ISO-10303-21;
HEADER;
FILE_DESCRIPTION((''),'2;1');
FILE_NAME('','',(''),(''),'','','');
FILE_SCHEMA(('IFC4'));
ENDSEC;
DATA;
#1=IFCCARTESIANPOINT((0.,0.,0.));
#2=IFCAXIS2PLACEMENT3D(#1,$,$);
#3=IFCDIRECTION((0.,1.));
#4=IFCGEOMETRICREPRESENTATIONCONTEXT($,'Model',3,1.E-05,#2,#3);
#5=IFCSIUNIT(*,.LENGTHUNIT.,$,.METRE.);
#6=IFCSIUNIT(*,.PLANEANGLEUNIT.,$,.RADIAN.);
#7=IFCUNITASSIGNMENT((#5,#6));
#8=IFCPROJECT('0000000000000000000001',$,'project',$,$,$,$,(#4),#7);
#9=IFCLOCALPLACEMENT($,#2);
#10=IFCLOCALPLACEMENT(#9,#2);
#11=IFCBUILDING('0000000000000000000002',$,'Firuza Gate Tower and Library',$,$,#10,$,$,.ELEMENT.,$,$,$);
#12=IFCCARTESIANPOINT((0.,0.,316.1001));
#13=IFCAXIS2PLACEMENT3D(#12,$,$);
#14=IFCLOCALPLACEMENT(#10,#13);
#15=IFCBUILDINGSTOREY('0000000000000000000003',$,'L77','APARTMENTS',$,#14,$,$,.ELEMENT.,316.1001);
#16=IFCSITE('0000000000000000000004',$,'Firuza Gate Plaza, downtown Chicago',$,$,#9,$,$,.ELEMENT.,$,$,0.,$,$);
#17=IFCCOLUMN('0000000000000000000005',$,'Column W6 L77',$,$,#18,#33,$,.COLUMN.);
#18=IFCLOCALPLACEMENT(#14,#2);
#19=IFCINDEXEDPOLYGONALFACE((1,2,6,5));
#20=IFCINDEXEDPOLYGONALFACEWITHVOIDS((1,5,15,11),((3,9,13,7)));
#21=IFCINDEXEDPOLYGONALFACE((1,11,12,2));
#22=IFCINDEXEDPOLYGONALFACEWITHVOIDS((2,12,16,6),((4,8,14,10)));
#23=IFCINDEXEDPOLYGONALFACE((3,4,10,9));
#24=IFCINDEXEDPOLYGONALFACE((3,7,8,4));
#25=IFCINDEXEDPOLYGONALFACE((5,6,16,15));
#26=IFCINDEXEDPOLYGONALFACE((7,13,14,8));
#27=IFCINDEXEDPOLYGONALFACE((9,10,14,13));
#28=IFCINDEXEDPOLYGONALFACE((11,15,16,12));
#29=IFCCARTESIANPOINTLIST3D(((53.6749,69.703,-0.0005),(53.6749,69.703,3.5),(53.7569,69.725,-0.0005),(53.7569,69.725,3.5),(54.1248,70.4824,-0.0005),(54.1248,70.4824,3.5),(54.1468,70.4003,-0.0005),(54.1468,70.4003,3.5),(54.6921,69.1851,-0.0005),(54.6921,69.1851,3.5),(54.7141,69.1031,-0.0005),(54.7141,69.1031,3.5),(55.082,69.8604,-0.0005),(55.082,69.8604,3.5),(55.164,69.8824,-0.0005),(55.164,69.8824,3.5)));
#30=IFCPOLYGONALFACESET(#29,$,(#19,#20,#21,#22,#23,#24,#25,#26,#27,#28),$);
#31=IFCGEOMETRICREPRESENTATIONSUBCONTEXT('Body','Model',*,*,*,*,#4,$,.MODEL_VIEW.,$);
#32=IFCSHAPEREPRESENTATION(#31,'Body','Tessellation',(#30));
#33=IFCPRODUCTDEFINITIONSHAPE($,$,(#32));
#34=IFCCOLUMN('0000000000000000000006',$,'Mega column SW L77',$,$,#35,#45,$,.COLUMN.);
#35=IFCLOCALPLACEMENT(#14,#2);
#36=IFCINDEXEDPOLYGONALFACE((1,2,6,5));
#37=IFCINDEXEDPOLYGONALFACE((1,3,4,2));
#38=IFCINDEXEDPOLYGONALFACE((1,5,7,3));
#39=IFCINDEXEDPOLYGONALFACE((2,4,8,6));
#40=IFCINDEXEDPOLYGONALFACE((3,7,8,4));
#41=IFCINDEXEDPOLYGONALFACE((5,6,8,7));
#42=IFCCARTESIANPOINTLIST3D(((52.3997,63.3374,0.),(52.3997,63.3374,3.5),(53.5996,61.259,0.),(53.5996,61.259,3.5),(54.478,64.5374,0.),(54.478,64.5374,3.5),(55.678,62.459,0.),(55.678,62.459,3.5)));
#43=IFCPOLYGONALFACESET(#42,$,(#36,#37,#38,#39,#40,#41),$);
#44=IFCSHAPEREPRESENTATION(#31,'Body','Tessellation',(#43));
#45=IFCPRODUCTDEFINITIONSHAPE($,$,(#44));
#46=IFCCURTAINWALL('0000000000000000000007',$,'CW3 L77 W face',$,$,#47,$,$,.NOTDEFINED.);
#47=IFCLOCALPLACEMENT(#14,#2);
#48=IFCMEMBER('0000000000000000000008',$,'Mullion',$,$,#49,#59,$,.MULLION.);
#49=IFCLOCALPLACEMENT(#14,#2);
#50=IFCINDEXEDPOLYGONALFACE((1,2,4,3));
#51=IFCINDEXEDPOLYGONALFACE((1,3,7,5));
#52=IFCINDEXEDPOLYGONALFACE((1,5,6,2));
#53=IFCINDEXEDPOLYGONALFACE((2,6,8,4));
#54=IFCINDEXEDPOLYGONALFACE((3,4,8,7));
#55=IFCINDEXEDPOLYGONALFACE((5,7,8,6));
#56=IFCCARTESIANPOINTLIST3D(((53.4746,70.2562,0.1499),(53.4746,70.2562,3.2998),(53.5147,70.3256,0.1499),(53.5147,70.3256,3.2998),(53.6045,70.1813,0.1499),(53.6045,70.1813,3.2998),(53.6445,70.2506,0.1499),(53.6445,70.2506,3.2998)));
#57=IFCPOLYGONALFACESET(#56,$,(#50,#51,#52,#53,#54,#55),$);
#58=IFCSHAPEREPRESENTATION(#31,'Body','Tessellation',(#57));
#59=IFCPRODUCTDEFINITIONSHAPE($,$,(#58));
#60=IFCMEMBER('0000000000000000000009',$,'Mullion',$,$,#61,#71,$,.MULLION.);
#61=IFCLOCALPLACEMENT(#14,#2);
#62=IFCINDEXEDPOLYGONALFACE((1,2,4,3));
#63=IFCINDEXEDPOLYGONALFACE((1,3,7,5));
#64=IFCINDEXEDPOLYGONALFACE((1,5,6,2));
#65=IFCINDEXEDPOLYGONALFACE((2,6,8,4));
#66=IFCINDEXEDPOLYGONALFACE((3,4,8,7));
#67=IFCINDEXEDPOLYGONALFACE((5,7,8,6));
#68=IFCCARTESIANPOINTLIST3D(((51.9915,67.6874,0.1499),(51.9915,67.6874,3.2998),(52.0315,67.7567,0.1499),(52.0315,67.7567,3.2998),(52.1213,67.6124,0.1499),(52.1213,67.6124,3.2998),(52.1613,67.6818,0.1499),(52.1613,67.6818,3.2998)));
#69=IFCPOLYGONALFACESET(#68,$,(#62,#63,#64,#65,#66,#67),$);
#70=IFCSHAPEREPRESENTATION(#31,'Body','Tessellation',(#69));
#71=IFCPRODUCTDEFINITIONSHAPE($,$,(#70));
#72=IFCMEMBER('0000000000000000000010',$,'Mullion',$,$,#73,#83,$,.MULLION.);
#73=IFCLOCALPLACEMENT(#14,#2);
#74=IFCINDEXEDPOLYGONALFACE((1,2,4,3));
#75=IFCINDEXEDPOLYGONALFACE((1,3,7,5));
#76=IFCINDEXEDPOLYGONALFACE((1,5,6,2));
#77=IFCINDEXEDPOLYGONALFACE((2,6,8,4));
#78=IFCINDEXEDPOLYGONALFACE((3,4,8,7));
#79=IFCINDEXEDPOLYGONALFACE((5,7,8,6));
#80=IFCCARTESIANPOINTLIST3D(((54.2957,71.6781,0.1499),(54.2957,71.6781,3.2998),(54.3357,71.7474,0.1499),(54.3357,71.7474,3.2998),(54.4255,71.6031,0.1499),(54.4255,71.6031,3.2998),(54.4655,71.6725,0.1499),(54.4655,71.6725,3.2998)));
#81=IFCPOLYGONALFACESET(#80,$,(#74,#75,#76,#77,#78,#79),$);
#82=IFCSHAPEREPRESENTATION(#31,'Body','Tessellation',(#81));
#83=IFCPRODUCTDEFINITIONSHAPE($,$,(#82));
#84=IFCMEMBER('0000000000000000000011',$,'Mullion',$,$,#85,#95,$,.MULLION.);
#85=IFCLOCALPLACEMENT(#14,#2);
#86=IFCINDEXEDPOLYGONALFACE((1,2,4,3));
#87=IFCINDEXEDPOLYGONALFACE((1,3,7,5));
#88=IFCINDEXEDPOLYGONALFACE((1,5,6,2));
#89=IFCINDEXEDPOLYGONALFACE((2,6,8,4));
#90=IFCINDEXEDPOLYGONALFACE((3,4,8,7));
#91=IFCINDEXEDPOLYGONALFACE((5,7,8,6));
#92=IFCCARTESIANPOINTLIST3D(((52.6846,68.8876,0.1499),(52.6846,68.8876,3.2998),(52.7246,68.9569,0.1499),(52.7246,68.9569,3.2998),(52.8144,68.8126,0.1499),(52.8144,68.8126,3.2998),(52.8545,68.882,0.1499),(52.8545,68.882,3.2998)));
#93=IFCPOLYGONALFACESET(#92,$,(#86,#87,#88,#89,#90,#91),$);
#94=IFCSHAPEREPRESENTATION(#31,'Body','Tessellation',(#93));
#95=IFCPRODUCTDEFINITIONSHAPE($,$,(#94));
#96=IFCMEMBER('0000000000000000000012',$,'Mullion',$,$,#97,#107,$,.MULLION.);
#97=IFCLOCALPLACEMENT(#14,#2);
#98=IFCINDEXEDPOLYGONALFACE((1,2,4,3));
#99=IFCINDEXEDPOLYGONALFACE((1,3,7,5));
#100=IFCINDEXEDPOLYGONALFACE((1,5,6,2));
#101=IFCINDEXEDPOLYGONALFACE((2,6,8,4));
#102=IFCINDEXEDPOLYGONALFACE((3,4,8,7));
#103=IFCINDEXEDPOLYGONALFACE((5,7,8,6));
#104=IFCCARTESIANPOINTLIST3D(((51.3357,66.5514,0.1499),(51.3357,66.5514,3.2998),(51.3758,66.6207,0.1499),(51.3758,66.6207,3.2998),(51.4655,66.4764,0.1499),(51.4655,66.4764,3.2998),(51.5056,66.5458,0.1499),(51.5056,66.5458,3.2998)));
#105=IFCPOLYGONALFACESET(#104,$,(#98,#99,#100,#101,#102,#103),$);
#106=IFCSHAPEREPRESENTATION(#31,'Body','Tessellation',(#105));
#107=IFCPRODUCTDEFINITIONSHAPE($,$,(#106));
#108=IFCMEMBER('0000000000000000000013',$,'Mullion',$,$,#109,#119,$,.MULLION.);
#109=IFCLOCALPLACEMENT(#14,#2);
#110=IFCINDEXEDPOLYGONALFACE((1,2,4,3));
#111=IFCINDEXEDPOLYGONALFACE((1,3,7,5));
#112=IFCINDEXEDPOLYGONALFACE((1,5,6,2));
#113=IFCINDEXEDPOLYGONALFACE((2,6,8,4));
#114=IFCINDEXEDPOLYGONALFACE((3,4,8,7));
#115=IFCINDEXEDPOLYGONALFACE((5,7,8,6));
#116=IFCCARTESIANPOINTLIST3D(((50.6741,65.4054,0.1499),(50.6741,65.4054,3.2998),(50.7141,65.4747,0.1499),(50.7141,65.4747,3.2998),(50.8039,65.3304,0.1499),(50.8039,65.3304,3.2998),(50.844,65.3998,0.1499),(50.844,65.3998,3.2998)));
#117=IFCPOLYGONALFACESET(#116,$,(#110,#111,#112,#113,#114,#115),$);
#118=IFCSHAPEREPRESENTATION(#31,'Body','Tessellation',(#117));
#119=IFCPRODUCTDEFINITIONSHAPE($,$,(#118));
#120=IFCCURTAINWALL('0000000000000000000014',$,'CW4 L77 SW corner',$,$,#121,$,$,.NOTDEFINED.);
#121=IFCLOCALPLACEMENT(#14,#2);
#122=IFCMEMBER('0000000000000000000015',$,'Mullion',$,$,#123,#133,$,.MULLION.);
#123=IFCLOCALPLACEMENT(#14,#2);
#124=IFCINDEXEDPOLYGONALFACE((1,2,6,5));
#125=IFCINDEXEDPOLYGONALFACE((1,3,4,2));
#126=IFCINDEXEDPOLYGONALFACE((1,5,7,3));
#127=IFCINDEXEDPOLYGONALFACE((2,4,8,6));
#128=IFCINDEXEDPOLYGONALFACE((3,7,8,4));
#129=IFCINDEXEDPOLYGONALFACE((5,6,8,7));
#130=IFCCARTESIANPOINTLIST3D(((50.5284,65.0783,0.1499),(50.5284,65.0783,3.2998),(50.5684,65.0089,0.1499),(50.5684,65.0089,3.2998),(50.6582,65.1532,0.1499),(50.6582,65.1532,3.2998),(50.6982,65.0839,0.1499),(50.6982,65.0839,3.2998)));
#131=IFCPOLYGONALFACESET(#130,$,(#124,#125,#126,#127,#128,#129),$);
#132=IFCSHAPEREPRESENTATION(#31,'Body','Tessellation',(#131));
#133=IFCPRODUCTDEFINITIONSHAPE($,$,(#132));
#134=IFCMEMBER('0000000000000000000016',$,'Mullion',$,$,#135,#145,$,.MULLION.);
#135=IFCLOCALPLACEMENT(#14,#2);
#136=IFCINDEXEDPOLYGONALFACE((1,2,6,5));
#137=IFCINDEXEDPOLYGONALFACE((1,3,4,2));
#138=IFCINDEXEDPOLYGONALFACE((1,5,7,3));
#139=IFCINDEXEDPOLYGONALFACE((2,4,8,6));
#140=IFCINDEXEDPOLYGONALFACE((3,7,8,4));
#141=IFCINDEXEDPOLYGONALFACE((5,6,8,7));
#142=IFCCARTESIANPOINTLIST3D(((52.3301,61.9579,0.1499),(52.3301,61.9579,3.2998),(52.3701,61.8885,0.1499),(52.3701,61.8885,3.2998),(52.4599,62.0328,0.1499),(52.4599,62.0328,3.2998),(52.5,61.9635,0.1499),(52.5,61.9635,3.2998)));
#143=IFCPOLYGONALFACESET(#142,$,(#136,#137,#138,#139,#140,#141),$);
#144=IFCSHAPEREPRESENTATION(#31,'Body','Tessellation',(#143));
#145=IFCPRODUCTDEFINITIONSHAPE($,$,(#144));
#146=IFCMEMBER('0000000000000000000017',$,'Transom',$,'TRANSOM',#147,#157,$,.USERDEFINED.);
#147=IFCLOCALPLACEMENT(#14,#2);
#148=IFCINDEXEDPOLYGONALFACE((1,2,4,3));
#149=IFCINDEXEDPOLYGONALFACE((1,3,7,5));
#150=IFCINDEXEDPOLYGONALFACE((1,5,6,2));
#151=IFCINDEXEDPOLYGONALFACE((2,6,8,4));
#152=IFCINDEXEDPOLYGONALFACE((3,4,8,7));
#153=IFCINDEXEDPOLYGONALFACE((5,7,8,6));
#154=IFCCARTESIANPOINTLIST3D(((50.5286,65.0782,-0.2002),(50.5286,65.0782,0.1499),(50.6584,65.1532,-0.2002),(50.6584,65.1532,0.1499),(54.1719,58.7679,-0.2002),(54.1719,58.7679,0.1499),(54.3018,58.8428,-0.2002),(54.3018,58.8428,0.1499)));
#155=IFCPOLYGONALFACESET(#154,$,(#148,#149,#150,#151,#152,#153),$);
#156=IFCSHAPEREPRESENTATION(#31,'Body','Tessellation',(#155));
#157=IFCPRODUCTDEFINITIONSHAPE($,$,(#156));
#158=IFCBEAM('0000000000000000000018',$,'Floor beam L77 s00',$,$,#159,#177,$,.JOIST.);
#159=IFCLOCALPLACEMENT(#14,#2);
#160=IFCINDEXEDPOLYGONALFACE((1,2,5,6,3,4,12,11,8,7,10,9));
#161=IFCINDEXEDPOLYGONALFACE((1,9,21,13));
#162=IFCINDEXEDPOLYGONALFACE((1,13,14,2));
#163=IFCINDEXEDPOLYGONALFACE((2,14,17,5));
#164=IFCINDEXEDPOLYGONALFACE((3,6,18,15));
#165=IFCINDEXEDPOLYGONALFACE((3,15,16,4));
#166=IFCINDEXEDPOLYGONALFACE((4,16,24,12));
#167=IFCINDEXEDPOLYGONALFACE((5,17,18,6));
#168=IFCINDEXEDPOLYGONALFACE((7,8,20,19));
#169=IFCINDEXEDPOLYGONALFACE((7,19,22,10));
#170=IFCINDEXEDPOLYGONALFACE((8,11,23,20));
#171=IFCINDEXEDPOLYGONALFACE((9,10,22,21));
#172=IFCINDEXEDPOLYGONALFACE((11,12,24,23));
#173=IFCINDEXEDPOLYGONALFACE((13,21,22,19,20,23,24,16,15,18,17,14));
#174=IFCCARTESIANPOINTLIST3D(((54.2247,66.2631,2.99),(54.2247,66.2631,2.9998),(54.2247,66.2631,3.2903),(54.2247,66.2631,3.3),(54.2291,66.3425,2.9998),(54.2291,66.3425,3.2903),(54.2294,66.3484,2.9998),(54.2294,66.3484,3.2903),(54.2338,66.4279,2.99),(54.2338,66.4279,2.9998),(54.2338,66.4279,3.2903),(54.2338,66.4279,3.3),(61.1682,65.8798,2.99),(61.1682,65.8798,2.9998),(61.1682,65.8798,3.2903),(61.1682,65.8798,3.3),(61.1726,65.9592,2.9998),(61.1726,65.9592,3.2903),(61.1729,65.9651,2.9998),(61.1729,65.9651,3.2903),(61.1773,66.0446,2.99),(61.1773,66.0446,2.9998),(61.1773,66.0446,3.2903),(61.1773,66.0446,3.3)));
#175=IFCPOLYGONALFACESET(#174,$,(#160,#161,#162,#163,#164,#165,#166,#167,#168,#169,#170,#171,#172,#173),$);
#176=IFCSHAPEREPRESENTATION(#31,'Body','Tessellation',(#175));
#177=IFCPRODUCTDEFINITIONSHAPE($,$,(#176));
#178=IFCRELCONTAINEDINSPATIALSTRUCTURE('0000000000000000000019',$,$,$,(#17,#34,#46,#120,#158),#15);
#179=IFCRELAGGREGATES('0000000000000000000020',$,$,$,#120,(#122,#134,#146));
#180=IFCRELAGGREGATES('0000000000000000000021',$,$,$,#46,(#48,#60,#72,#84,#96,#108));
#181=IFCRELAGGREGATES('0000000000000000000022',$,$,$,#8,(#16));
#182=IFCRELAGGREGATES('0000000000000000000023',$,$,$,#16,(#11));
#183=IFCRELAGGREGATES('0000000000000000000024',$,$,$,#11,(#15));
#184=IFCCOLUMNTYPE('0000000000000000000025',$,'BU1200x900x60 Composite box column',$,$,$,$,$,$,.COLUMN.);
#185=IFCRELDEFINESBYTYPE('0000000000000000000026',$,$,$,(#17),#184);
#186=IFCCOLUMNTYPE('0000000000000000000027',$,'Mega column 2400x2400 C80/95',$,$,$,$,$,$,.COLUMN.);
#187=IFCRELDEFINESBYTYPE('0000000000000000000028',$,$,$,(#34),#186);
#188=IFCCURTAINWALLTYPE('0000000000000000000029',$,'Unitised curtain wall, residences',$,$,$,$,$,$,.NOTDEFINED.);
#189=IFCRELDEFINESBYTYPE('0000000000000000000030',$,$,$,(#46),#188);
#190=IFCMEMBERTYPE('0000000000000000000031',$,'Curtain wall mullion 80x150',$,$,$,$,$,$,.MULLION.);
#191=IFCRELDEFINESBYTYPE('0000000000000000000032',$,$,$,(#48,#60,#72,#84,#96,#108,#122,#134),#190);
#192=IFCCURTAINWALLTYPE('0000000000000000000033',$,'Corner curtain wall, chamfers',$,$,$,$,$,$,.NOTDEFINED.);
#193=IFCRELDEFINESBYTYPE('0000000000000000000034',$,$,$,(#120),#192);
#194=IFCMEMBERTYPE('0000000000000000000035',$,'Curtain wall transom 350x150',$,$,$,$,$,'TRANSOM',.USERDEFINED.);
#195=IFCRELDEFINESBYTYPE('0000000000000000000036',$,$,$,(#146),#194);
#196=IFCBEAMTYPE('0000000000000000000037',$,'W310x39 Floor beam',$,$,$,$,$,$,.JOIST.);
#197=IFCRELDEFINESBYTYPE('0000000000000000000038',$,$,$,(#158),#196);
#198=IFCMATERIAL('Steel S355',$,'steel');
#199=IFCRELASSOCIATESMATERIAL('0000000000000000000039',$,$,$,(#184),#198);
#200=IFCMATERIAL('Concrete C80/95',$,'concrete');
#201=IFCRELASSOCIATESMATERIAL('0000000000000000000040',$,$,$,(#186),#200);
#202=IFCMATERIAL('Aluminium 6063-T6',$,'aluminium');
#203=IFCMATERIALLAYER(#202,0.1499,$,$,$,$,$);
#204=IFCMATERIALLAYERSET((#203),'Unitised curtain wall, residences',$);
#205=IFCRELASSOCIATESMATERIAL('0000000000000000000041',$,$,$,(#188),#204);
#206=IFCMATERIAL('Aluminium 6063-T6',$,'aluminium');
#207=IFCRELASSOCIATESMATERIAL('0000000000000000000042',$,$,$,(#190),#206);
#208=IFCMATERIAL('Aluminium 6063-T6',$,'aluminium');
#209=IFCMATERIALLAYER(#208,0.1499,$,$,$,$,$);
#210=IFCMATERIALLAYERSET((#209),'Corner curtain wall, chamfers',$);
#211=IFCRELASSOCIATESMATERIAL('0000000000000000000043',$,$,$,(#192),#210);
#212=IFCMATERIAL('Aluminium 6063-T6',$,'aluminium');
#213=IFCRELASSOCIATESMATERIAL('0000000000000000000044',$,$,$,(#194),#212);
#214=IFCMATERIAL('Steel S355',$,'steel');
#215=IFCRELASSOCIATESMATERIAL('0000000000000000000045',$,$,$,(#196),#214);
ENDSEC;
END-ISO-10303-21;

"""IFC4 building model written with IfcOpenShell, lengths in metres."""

from ifc_helpers import new_model, si_unit, direction, frame, origin, origin_2d, place, context, subcontext, project, spatial, rectangle, hollow_rectangle, i_section, extrude, material, layer, layer_set, material_profile, profile_set, type_object, element, aggregate, save


model = new_model("IFC4")

# Units and contexts
model_context = context("Model", 3, precision=1e-05, world=origin(), true_north=direction((0.0, 1.0)))
body_context = subcontext(model_context, "Body", "Model", "MODEL_VIEW")
ifc_project = project(units=[si_unit("LENGTHUNIT", "METRE"), si_unit("PLANEANGLEUNIT", "RADIAN")], contexts=[model_context])

# Site, building, storey
site_placement = place(None, origin())
site = spatial("IfcSite", under=ifc_project, at=site_placement, Name="Firuza Gate Plaza, downtown Chicago", CompositionType="ELEMENT", RefElevation=0.0)
building_placement = place(site_placement, origin())
building = spatial("IfcBuilding", under=site, at=building_placement, Name="Firuza Gate Tower and Library", CompositionType="ELEMENT")
storey_placement = place(building_placement, frame((0.0, 0.0, 316.1001)))
storey = spatial("IfcBuildingStorey", under=building, at=storey_placement, Name="L77", Description="APARTMENTS", CompositionType="ELEMENT", Elevation=316.1001)

# Columns
ifc_material_1 = material(Name="Steel S355", Category="steel")
ifc_material_profile_1 = material_profile(ifc_material_1, hollow_rectangle(XDim=0.8999, YDim=1.2, WallThickness=0.0601, at=origin_2d()))
ifc_profile_set_1 = profile_set([ifc_material_profile_1], Name="Steel S355")
column_type_1 = type_object("IfcColumnType", Name="BU1200x900x60 Composite box column", PredefinedType="COLUMN", material=ifc_profile_set_1)
column_1_placement = place(storey_placement, frame((54.4194, 69.7927, -0.0005), z_axis=(0.0, 0.0, 1.0), x_axis=(-0.5, -0.866025, 0.0)))
element("IfcColumn", 1, at=column_1_placement, inside=storey, type_object=column_type_1, Name="Column W6 L77", PredefinedType="COLUMN", context=body_context, shape_type="SweptSolid", body=[
    extrude(hollow_rectangle(XDim=0.8999, YDim=1.2, WallThickness=0.0601, at=origin_2d()), origin(), (0.0, 0.0, 1.0), 3.5005),
])
ifc_material_2 = material(Name="Concrete C80/95", Category="concrete")
ifc_material_profile_2 = material_profile(ifc_material_2, rectangle(XDim=2.3999, YDim=2.3999, at=origin_2d()))
ifc_profile_set_2 = profile_set([ifc_material_profile_2], Name="Concrete C80/95")
column_type_2 = type_object("IfcColumnType", Name="Mega column 2400x2400 C80/95", PredefinedType="COLUMN", material=ifc_profile_set_2)
column_2_placement = place(storey_placement, frame((54.0388, 62.8982, 0.0), z_axis=(0.0, 0.0, 1.0), x_axis=(0.5, -0.866025, 0.0)))
element("IfcColumn", 2, at=column_2_placement, inside=storey, type_object=column_type_2, Name="Mega column SW L77", PredefinedType="COLUMN", context=body_context, shape_type="SweptSolid", body=[
    extrude(rectangle(XDim=2.3999, YDim=2.3999, at=origin_2d()), origin(), (0.0, 0.0, 1.0), 3.5),
])

# Curtain walls, members
ifc_material_3 = material(Name="Aluminium 6063-T6", Category="aluminium")
ifc_layer_1 = layer(ifc_material_3, 0.1499)
ifc_layer_set_1 = layer_set([ifc_layer_1], Name="Unitised curtain wall, residences")
curtain_wall_type_1 = type_object("IfcCurtainWallType", Name="Unitised curtain wall, residences", PredefinedType="NOTDEFINED", material=ifc_layer_set_1)
placement = place(storey_placement, origin())
curtain_wall_1 = element("IfcCurtainWall", 3, at=placement, inside=storey, type_object=curtain_wall_type_1, Name="CW3 L77 W face", PredefinedType="NOTDEFINED")
ifc_material_4 = material(Name="Aluminium 6063-T6", Category="aluminium")
ifc_material_profile_3 = material_profile(ifc_material_4, rectangle(XDim=0.1499, YDim=0.0801, at=origin_2d()))
ifc_profile_set_3 = profile_set([ifc_material_profile_3], Name="Aluminium 6063-T6")
member_type_1 = type_object("IfcMemberType", Name="Curtain wall mullion 80x150", PredefinedType="MULLION", material=ifc_profile_set_3)
member_1_placement = place(storey_placement, frame((53.5596, 70.2534, 0.1499), z_axis=(0.0, 0.0, 1.0), x_axis=(0.866025, -0.5, 0.0)))
member_1 = element("IfcMember", 4, at=member_1_placement, type_object=member_type_1, Name="Mullion", PredefinedType="MULLION", context=body_context, shape_type="SweptSolid", body=[
    extrude(rectangle(XDim=0.1499, YDim=0.0801, at=origin_2d()), origin(), (0.0, 0.0, 1.0), 3.1499),
])
member_2_placement = place(storey_placement, frame((52.0764, 67.6846, 0.1499), z_axis=(0.0, 0.0, 1.0), x_axis=(0.866025, -0.5, 0.0)))
member_2 = element("IfcMember", 5, at=member_2_placement, type_object=member_type_1, Name="Mullion", PredefinedType="MULLION", context=body_context, shape_type="SweptSolid", body=[
    extrude(rectangle(XDim=0.1499, YDim=0.0801, at=origin_2d()), origin(), (0.0, 0.0, 1.0), 3.1499),
])
member_3_placement = place(storey_placement, frame((54.3806, 71.6753, 0.1499), z_axis=(0.0, 0.0, 1.0), x_axis=(0.866025, -0.5, 0.0)))
member_3 = element("IfcMember", 6, at=member_3_placement, type_object=member_type_1, Name="Mullion", PredefinedType="MULLION", context=body_context, shape_type="SweptSolid", body=[
    extrude(rectangle(XDim=0.1499, YDim=0.0801, at=origin_2d()), origin(), (0.0, 0.0, 1.0), 3.1499),
])
member_4_placement = place(storey_placement, frame((52.7695, 68.8848, 0.1499), z_axis=(0.0, 0.0, 1.0), x_axis=(0.866025, -0.5, 0.0)))
member_4 = element("IfcMember", 7, at=member_4_placement, type_object=member_type_1, Name="Mullion", PredefinedType="MULLION", context=body_context, shape_type="SweptSolid", body=[
    extrude(rectangle(XDim=0.1499, YDim=0.0801, at=origin_2d()), origin(), (0.0, 0.0, 1.0), 3.1499),
])
member_5_placement = place(storey_placement, frame((51.4207, 66.5486, 0.1499), z_axis=(0.0, 0.0, 1.0), x_axis=(0.866025, -0.5, 0.0)))
member_5 = element("IfcMember", 8, at=member_5_placement, type_object=member_type_1, Name="Mullion", PredefinedType="MULLION", context=body_context, shape_type="SweptSolid", body=[
    extrude(rectangle(XDim=0.1499, YDim=0.0801, at=origin_2d()), origin(), (0.0, 0.0, 1.0), 3.1499),
])
member_6_placement = place(storey_placement, frame((50.759, 65.4026, 0.1499), z_axis=(0.0, 0.0, 1.0), x_axis=(0.866025, -0.5, 0.0)))
member_6 = element("IfcMember", 9, at=member_6_placement, type_object=member_type_1, Name="Mullion", PredefinedType="MULLION", context=body_context, shape_type="SweptSolid", body=[
    extrude(rectangle(XDim=0.1499, YDim=0.0801, at=origin_2d()), origin(), (0.0, 0.0, 1.0), 3.1499),
])
ifc_material_5 = material(Name="Aluminium 6063-T6", Category="aluminium")
ifc_layer_2 = layer(ifc_material_5, 0.1499)
ifc_layer_set_2 = layer_set([ifc_layer_2], Name="Corner curtain wall, chamfers")
curtain_wall_type_2 = type_object("IfcCurtainWallType", Name="Corner curtain wall, chamfers", PredefinedType="NOTDEFINED", material=ifc_layer_set_2)
curtain_wall_2 = element("IfcCurtainWall", 10, at=placement, inside=storey, type_object=curtain_wall_type_2, Name="CW4 L77 SW corner", PredefinedType="NOTDEFINED")
member_7_placement = place(storey_placement, frame((50.6133, 65.0811, 0.1499), z_axis=(0.0, 0.0, 1.0), x_axis=(0.866025, 0.5, 0.0)))
member_7 = element("IfcMember", 11, at=member_7_placement, type_object=member_type_1, Name="Mullion", PredefinedType="MULLION", context=body_context, shape_type="SweptSolid", body=[
    extrude(rectangle(XDim=0.1499, YDim=0.0801, at=origin_2d()), origin(), (0.0, 0.0, 1.0), 3.1499),
])
member_8_placement = place(storey_placement, frame((52.415, 61.9607, 0.1499), z_axis=(0.0, 0.0, 1.0), x_axis=(0.866025, 0.5, 0.0)))
member_8 = element("IfcMember", 12, at=member_8_placement, type_object=member_type_1, Name="Mullion", PredefinedType="MULLION", context=body_context, shape_type="SweptSolid", body=[
    extrude(rectangle(XDim=0.1499, YDim=0.0801, at=origin_2d()), origin(), (0.0, 0.0, 1.0), 3.1499),
])
ifc_material_6 = material(Name="Aluminium 6063-T6", Category="aluminium")
ifc_material_profile_4 = material_profile(ifc_material_6, rectangle(XDim=0.1499, YDim=0.3501, at=origin_2d()))
ifc_profile_set_4 = profile_set([ifc_material_profile_4], Name="Aluminium 6063-T6")
member_type_2 = type_object("IfcMemberType", Name="Curtain wall transom 350x150", ElementType="TRANSOM", PredefinedType="USERDEFINED", material=ifc_profile_set_4)
member_9_placement = place(storey_placement, frame((50.5935, 65.1157, -0.0251), z_axis=(0.500006, -0.866022, 0.0), x_axis=(0.866022, 0.500006, 0.0)))
member_9 = element("IfcMember", 13, at=member_9_placement, type_object=member_type_2, Name="Transom", ObjectType="TRANSOM", PredefinedType="USERDEFINED", context=body_context, shape_type="SweptSolid", body=[
    extrude(rectangle(XDim=0.1499, YDim=0.3501, at=origin_2d()), origin(), (0.0, 0.0, 1.0), 7.2866),
])

# Beam
ifc_material_7 = material(Name="Steel S355", Category="steel")
ifc_material_profile_5 = material_profile(ifc_material_7, i_section(OverallWidth=0.165, OverallDepth=0.3101, WebThickness=0.0059, FlangeThickness=0.0098, at=origin_2d()))
ifc_profile_set_5 = profile_set([ifc_material_profile_5], Name="Steel S355")
beam_type_1 = type_object("IfcBeamType", Name="W310x39 Floor beam", PredefinedType="JOIST", material=ifc_profile_set_5)
beam_1_placement = place(storey_placement, frame((54.2292, 66.3455, 3.145), z_axis=(0.99848, -0.055118, 0.0), x_axis=(0.055118, 0.99848, 0.0)))
element("IfcBeam", 14, at=beam_1_placement, inside=storey, type_object=beam_type_1, Name="Floor beam L77 s00", PredefinedType="JOIST", context=body_context, shape_type="SweptSolid", body=[
    extrude(i_section(OverallWidth=0.165, OverallDepth=0.3101, WebThickness=0.0059, FlangeThickness=0.0098, at=origin_2d()), origin(), (0.0, 0.0, 1.0), 6.9541),
])

aggregate(curtain_wall_2, [member_7, member_8, member_9])
aggregate(curtain_wall_1, [member_1, member_2, member_3, member_4, member_5, member_6])

save(model, "model.ifc")
